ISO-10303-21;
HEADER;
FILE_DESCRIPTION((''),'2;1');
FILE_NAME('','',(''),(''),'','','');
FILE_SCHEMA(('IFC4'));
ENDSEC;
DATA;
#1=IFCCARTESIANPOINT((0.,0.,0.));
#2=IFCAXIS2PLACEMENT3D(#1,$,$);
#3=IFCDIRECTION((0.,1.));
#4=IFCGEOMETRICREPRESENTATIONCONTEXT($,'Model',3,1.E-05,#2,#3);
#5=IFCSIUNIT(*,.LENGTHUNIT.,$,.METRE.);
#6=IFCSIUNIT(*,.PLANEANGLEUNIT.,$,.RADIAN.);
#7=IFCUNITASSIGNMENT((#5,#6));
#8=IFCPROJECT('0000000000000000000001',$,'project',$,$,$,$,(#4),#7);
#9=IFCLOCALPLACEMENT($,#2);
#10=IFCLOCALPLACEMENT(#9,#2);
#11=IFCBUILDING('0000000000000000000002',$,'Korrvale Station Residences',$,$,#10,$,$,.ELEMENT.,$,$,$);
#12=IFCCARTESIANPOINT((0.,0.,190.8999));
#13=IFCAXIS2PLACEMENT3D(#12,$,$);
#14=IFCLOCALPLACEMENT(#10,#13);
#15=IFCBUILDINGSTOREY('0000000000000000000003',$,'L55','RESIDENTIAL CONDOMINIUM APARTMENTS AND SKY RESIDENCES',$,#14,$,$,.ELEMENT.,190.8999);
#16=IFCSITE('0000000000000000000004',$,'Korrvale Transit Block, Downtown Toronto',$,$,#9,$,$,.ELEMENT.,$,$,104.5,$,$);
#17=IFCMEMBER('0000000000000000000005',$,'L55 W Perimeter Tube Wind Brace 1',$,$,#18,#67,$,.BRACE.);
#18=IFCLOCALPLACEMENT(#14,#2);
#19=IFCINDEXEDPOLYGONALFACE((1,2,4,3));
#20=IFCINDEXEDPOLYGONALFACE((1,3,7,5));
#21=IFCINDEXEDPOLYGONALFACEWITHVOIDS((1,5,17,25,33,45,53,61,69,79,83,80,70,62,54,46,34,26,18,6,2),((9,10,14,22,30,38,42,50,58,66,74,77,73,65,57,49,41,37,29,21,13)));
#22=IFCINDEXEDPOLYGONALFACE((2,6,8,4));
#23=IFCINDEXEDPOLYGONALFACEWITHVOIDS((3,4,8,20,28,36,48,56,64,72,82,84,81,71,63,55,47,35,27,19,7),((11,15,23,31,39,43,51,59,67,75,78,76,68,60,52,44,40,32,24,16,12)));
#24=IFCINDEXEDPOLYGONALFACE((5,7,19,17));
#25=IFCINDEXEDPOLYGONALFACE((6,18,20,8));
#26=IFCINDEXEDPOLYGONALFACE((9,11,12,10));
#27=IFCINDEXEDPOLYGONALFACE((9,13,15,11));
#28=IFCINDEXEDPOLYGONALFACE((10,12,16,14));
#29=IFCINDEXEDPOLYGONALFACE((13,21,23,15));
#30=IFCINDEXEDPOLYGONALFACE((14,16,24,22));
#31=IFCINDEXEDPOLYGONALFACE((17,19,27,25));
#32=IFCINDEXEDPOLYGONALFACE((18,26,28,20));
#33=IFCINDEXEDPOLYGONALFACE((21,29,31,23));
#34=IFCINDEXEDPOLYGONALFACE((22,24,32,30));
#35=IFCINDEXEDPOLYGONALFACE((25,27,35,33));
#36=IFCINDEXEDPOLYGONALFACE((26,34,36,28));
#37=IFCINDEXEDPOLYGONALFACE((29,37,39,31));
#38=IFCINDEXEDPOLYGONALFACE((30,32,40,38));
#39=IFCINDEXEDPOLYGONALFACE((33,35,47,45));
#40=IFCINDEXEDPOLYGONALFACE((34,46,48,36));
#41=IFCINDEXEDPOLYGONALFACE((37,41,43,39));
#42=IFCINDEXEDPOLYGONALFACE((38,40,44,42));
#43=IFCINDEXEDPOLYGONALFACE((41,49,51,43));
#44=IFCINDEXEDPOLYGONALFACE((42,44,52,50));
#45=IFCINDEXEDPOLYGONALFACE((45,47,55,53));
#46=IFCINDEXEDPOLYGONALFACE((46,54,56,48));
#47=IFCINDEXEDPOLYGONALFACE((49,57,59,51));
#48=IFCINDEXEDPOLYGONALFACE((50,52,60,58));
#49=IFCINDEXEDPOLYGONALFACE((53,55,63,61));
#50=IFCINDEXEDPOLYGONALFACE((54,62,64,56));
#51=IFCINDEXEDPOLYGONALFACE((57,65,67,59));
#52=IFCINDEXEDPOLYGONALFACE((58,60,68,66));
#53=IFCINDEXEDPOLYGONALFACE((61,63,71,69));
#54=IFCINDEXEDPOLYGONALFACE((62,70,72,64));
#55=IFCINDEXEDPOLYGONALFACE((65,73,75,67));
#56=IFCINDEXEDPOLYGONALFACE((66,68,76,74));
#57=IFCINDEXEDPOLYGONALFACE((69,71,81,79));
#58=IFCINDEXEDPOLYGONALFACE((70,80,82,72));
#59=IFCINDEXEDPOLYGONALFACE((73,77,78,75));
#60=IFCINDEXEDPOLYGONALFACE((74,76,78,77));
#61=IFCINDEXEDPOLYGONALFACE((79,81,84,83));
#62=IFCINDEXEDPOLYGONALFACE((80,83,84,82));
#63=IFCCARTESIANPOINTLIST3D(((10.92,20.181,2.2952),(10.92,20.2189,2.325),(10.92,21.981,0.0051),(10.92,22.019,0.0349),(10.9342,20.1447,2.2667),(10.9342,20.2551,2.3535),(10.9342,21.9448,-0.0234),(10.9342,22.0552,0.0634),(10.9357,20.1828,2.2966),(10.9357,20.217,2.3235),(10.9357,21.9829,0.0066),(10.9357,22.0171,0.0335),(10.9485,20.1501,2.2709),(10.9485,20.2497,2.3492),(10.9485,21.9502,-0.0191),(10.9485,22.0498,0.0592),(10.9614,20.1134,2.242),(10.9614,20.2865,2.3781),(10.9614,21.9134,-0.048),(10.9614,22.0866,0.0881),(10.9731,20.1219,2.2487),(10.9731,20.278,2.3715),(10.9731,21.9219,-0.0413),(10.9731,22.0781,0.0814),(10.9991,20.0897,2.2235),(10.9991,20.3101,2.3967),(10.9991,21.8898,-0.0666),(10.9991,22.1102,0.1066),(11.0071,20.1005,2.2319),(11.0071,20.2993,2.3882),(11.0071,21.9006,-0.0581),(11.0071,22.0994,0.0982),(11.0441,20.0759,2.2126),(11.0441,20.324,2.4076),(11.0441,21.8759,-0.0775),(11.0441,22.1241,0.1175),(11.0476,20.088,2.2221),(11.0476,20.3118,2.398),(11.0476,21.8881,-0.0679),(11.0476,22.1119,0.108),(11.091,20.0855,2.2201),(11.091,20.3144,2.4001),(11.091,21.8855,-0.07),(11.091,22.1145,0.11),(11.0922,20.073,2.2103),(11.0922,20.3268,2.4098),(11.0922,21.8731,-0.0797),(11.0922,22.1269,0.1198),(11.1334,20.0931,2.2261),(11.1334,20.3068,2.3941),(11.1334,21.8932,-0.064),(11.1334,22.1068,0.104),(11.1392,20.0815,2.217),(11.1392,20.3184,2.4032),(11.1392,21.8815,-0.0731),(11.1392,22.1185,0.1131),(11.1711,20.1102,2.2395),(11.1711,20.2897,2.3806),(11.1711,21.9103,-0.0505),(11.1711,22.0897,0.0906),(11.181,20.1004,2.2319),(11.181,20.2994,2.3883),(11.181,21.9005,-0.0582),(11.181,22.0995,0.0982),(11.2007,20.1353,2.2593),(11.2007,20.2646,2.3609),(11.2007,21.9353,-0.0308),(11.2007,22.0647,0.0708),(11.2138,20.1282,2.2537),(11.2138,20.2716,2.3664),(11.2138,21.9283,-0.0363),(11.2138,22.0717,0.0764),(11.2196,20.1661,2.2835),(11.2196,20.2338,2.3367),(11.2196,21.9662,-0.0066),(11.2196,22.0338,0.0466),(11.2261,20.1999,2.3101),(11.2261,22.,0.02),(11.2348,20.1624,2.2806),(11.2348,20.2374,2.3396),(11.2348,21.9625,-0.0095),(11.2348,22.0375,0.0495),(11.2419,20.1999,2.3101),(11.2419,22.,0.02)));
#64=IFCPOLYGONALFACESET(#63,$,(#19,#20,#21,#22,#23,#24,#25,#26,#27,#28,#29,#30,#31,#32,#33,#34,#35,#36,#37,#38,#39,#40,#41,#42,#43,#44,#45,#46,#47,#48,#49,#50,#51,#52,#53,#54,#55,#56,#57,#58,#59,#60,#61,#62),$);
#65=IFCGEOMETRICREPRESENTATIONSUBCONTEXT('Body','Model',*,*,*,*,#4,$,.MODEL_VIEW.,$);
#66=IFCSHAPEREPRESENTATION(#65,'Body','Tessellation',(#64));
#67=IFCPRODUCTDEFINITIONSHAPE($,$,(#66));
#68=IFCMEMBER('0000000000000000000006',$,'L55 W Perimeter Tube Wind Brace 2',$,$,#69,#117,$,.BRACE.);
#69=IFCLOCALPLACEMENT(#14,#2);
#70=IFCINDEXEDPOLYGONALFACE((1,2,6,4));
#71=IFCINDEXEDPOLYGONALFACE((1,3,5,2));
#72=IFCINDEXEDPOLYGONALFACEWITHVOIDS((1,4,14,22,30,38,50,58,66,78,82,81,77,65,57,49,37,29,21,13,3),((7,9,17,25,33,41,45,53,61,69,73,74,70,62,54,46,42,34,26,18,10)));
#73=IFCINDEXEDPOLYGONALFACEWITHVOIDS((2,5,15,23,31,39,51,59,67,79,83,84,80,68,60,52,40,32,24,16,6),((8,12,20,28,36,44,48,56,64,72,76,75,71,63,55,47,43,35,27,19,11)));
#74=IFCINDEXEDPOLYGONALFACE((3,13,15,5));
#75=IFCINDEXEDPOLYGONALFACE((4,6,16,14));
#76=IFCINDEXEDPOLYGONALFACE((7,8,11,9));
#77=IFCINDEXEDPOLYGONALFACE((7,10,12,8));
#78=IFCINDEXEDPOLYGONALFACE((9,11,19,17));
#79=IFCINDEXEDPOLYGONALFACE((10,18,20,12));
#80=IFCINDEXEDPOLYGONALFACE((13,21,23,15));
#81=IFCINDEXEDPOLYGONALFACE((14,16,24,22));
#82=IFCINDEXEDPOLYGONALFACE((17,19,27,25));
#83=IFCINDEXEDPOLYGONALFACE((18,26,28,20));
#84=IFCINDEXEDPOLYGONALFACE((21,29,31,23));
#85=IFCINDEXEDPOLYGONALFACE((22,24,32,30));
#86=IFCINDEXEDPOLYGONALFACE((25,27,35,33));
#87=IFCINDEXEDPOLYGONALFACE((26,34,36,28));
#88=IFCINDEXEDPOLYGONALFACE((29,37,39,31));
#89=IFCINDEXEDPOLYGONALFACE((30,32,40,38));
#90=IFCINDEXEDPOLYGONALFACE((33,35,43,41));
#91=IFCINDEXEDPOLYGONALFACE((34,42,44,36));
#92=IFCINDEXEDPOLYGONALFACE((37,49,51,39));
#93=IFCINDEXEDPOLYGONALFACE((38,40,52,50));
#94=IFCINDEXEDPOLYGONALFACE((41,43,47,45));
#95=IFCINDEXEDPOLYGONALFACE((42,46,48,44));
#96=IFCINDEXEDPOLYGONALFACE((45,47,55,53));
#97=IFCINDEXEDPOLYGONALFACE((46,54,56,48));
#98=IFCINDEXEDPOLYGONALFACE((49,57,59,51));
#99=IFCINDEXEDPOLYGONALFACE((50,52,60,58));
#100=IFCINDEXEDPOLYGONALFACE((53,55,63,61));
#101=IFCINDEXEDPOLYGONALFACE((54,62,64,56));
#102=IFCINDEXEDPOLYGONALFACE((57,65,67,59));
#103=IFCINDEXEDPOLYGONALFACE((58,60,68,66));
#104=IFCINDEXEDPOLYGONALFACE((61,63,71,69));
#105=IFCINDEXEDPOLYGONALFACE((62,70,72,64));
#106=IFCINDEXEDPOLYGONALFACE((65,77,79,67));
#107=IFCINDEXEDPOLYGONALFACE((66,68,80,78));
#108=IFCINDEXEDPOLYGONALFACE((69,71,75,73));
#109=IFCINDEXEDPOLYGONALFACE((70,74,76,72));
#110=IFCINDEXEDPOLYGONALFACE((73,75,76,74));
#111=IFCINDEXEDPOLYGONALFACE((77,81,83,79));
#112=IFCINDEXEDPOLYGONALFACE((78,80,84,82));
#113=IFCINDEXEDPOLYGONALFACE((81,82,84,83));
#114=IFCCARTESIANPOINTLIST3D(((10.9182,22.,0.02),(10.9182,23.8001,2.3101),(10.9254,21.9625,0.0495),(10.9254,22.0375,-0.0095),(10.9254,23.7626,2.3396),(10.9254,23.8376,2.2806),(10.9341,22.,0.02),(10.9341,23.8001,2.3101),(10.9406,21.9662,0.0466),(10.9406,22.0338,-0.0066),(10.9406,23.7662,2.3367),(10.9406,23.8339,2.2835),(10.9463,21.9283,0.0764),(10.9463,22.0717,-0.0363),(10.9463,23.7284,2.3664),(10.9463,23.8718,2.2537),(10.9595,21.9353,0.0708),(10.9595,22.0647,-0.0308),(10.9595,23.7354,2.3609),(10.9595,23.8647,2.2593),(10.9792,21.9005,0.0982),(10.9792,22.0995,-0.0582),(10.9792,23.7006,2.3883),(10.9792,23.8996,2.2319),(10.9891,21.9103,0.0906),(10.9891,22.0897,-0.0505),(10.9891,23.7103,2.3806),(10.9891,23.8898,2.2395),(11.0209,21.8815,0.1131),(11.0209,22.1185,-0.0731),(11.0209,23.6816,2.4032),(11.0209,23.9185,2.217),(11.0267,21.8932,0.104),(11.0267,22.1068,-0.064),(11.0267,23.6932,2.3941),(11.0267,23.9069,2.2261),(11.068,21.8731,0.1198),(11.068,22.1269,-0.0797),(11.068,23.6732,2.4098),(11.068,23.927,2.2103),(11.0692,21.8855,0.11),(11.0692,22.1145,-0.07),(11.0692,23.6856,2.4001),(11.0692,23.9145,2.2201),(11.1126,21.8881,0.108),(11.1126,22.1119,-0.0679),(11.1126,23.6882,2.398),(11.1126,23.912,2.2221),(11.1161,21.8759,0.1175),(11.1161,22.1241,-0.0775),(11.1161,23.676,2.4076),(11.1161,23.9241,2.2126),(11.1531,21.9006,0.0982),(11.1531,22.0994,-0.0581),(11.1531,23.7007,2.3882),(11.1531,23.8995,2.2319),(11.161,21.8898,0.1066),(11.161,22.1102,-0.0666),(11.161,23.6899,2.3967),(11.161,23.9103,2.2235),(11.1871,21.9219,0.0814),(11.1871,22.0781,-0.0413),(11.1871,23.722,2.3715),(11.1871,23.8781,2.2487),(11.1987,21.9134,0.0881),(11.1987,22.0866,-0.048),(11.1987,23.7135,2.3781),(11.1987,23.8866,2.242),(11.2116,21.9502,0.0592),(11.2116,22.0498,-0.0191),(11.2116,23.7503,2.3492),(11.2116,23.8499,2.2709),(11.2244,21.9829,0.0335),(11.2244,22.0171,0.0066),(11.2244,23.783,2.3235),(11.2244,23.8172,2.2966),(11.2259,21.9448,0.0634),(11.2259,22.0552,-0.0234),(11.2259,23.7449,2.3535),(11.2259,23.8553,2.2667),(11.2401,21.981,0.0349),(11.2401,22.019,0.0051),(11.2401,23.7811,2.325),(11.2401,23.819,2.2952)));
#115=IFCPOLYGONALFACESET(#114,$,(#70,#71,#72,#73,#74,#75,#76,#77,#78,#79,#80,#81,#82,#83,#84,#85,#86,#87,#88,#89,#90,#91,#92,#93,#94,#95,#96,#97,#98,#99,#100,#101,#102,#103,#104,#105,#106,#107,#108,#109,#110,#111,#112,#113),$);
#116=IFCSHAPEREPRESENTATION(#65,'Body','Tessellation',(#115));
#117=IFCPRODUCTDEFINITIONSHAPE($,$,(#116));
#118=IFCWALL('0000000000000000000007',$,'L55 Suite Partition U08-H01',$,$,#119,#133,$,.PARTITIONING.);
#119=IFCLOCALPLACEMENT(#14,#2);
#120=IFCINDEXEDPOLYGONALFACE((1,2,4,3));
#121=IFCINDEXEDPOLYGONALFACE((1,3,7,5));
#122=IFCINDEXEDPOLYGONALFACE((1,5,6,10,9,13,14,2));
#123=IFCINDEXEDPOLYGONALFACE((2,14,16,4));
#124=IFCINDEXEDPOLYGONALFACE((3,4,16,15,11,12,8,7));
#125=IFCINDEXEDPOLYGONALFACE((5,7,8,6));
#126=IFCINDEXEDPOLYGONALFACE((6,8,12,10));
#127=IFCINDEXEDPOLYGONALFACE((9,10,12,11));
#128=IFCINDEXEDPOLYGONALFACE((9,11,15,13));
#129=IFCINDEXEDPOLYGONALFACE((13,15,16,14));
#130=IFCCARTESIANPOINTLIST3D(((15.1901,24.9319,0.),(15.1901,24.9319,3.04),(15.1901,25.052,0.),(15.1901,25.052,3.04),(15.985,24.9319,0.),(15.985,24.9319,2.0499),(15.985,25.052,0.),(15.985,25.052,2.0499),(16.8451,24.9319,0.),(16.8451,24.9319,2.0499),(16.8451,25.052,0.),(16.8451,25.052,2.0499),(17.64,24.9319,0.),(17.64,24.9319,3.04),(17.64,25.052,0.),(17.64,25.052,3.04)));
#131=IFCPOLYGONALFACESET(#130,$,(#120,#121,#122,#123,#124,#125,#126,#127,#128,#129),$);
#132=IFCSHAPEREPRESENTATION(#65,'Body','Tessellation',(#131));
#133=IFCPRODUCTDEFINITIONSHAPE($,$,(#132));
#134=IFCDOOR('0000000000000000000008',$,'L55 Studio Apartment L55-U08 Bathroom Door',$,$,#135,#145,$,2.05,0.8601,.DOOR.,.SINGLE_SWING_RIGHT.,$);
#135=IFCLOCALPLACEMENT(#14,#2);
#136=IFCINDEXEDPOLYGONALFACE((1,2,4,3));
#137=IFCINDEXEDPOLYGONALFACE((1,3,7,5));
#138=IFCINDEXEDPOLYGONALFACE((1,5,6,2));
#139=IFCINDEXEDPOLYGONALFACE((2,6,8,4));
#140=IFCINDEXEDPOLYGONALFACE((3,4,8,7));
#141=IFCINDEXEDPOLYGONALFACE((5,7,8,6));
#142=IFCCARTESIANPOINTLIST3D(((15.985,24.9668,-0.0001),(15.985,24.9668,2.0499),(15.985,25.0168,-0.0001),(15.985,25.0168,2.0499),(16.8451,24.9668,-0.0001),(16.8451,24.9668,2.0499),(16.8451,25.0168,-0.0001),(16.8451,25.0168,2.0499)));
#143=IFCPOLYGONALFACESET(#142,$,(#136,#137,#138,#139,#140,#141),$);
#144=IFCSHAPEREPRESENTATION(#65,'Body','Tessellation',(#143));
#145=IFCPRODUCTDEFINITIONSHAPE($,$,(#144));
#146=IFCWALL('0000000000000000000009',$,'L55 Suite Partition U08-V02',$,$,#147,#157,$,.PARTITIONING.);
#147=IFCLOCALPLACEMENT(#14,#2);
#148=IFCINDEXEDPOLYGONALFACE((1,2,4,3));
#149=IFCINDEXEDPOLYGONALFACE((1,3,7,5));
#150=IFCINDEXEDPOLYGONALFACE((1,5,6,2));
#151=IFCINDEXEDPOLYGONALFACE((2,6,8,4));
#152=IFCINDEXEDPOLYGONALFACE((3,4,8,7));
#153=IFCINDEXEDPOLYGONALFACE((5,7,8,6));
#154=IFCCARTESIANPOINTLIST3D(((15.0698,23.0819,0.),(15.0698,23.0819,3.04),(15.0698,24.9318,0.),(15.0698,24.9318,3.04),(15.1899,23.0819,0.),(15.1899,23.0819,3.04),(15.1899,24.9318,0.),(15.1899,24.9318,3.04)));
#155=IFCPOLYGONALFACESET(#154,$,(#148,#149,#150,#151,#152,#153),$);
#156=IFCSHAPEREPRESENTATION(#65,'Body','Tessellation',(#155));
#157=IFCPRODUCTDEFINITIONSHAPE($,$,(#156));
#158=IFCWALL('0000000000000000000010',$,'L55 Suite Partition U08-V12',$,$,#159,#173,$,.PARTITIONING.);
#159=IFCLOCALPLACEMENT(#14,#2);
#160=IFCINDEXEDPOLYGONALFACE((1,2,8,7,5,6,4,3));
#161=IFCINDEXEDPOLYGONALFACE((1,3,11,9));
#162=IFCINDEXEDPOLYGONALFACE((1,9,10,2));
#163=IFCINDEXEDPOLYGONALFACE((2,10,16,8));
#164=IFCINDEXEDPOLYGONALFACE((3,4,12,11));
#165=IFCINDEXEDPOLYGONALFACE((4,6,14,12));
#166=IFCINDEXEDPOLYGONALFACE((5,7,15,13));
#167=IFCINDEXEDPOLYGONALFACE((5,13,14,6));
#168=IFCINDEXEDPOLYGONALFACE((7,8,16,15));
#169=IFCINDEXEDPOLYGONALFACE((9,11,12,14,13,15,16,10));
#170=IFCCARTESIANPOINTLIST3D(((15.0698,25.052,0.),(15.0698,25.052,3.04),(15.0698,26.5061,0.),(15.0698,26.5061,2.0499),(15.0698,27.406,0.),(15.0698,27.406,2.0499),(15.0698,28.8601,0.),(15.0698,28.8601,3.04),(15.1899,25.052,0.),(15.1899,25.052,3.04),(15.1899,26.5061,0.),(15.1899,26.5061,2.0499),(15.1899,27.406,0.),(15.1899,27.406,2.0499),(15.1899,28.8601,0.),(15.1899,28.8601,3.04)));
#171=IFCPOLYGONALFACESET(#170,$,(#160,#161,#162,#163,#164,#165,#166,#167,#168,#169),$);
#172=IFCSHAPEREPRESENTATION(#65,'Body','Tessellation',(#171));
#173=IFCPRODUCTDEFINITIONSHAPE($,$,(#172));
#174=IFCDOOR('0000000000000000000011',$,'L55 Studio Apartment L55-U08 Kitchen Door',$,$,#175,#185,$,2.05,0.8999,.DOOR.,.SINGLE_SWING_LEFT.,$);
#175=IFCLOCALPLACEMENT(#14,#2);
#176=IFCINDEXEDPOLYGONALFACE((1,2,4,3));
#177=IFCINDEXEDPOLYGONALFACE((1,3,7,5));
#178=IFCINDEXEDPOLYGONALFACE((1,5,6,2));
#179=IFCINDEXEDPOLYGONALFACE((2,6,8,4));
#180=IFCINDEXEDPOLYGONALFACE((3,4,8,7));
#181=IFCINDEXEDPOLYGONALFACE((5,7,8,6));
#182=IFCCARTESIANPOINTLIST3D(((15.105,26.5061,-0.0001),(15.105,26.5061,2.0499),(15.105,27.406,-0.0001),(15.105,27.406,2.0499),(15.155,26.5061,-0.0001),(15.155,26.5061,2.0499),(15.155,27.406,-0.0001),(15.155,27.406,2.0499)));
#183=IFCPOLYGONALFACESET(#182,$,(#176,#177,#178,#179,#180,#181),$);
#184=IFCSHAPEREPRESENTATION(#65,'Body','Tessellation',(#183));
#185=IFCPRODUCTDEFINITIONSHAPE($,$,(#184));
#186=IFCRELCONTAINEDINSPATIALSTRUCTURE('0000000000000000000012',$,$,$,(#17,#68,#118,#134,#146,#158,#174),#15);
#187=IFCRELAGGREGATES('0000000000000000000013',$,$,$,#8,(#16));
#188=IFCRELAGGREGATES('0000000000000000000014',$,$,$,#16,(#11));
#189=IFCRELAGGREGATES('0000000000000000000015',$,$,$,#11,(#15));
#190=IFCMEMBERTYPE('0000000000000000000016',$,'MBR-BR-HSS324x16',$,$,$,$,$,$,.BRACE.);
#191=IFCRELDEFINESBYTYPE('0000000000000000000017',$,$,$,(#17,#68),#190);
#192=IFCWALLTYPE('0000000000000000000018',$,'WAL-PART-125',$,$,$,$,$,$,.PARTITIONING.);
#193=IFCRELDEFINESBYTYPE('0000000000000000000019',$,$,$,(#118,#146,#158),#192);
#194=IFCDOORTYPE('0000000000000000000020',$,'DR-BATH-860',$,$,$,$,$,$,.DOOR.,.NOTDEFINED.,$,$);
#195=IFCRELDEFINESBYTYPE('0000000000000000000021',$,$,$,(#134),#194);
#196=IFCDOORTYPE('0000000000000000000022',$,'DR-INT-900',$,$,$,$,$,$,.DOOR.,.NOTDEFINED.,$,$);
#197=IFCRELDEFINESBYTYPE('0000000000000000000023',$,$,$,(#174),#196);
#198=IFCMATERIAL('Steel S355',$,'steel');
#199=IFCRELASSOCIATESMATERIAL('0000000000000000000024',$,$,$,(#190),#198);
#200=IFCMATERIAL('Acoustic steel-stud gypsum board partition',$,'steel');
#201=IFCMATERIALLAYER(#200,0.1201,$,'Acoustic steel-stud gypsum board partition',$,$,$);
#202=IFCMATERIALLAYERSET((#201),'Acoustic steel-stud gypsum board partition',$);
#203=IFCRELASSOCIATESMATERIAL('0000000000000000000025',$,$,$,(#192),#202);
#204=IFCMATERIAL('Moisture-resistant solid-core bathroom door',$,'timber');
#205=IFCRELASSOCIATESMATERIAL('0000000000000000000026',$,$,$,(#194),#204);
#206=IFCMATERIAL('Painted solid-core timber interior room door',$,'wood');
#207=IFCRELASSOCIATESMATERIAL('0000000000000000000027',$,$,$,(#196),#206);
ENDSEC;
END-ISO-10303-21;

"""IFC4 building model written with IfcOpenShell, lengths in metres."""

from ifc_helpers import new_model, si_unit, direction, frame, frame_2d, origin, origin_2d, place, context, subcontext, project, spatial, rectangle, hollow_circle, extrude, material, layer, layer_set, material_profile, profile_set, type_object, element, fill, save


model = new_model("IFC4")

# Units and contexts
model_context = context("Model", 3, precision=1e-05, world=origin(), true_north=direction((0.0, 1.0)))
body_context = subcontext(model_context, "Body", "Model", "MODEL_VIEW")
ifc_project = project(units=[si_unit("LENGTHUNIT", "METRE"), si_unit("PLANEANGLEUNIT", "RADIAN")], contexts=[model_context])

# Site, building, storey
site_placement = place(None, origin())
site = spatial("IfcSite", under=ifc_project, at=site_placement, Name="Korrvale Transit Block, Downtown Toronto", CompositionType="ELEMENT", RefElevation=104.5)
building_placement = place(site_placement, origin())
building = spatial("IfcBuilding", under=site, at=building_placement, Name="Korrvale Station Residences", CompositionType="ELEMENT")
storey_placement = place(building_placement, frame((0.0, 0.0, 190.8999)))
storey = spatial("IfcBuildingStorey", under=building, at=storey_placement, Name="L55", Description="RESIDENTIAL CONDOMINIUM APARTMENTS AND SKY RESIDENCES", CompositionType="ELEMENT", Elevation=190.8999)

# Shared definitions
ifc_material_1 = material(Name="Steel S355", Category="steel")

# Members
ifc_material_profile_1 = material_profile(ifc_material_1, hollow_circle(Radius=0.1619, WallThickness=0.0159, at=origin_2d()), Name="HSS324x16")
ifc_profile_set_1 = profile_set([ifc_material_profile_1], Name="Steel S355")
member_type = type_object("IfcMemberType", Name="MBR-BR-HSS324x16", PredefinedType="BRACE", material=ifc_profile_set_1)
for number, where, z_axis, x_axis, name in (
    (1, (11.0801, 22.0, 0.02), (0.0, -0.617977, 0.786196), (1.0, 0.0, 0.0), "L55 W Perimeter Tube Wind Brace 1"),
    (2, (11.0801, 22.0, 0.02), (0.0, 0.617977, 0.786196), (-1.0, 0.0, 0.0), "L55 W Perimeter Tube Wind Brace 2"),
):
    element("IfcMember", number, at=place(storey_placement, frame(where, z_axis=z_axis, x_axis=x_axis)), inside=storey, type_object=member_type, Name=name, PredefinedType="BRACE", context=body_context, shape_type="SweptSolid", body=[
        extrude(hollow_circle(Radius=0.1619, WallThickness=0.0159, at=origin_2d()), origin(), (0.0, 0.0, 1.0), 2.9128),
    ])

# Wall, opening, door
ifc_material_2 = material(Name="Acoustic steel-stud gypsum board partition", Category="steel")
ifc_layer_1 = layer(ifc_material_2, 0.1201, Name="Acoustic steel-stud gypsum board partition")
ifc_layer_set_1 = layer_set([ifc_layer_1], Name="Acoustic steel-stud gypsum board partition")
wall_type_1 = type_object("IfcWallType", Name="WAL-PART-125", PredefinedType="PARTITIONING", material=ifc_layer_set_1)
wall_1_placement = place(storey_placement, frame((15.1899, 24.9919, 0.0), z_axis=(0.0, 0.0, 1.0), x_axis=(1.0, 0.0, 0.0)))
wall_1 = element("IfcWall", 3, at=wall_1_placement, inside=storey, type_object=wall_type_1, Name="L55 Suite Partition U08-H01", PredefinedType="PARTITIONING", context=body_context, shape_type="SweptSolid", body=[
    extrude(rectangle(XDim=2.45, YDim=0.1201, at=frame_2d((1.2251, 0.0))), origin(), (0.0, 0.0, 1.0), 3.04),
])
opening_1_placement = place(wall_1_placement, frame((0.7949, 0.0, 0.0)))
opening_1 = element("IfcOpeningElement", 4, at=opening_1_placement, cuts=wall_1, PredefinedType="OPENING", context=body_context, shape_type="SweptSolid", body=[
    extrude(rectangle(XDim=0.8601, YDim=2.05, at=frame_2d((0.4302, 1.0249))), frame((0.0, 0.0701, 0.0), z_axis=(0.0, -1.0, 0.0), x_axis=(1.0, 0.0, 0.0)), (0.0, 0.0, 1.0), 0.1401),
])
ifc_material_3 = material(Name="Moisture-resistant solid-core bathroom door", Category="timber")
door_type_1 = type_object("IfcDoorType", Name="DR-BATH-860", OperationType="NOTDEFINED", PredefinedType="DOOR", material=ifc_material_3)
door_1_placement = place(opening_1_placement, origin())
door_1 = element("IfcDoor", 5, at=door_1_placement, inside=storey, type_object=door_type_1, Name="L55 Studio Apartment L55-U08 Bathroom Door", OperationType="SINGLE_SWING_RIGHT", OverallHeight=2.05, OverallWidth=0.8601, PredefinedType="DOOR", context=body_context, shape_type="SweptSolid", body=[
    extrude(rectangle(XDim=0.8601, YDim=2.05, at=frame_2d((0.4302, 1.0249))), frame((0.0, 0.0249, 0.0), z_axis=(0.0, -1.0, 0.0), x_axis=(1.0, 0.0, 0.0)), (0.0, 0.0, 1.0), 0.05),
])
fill(opening_1, door_1)

# Wall
wall_2_placement = place(storey_placement, frame((15.1299, 23.082, 0.0), z_axis=(0.0, 0.0, 1.0), x_axis=(0.0, 1.0, 0.0)))
element("IfcWall", 6, at=wall_2_placement, inside=storey, type_object=wall_type_1, Name="L55 Suite Partition U08-V02", PredefinedType="PARTITIONING", context=body_context, shape_type="SweptSolid", body=[
    extrude(rectangle(XDim=1.8499, YDim=0.1201, at=frame_2d((0.9248, 0.0))), origin(), (0.0, 0.0, 1.0), 3.04),
])

# Wall, opening, door
wall_3_placement = place(storey_placement, frame((15.1299, 25.052, 0.0), z_axis=(0.0, 0.0, 1.0), x_axis=(0.0, 1.0, 0.0)))
wall_3 = element("IfcWall", 7, at=wall_3_placement, inside=storey, type_object=wall_type_1, Name="L55 Suite Partition U08-V12", PredefinedType="PARTITIONING", context=body_context, shape_type="SweptSolid", body=[
    extrude(rectangle(XDim=3.8081, YDim=0.1201, at=frame_2d((1.9041, 0.0))), origin(), (0.0, 0.0, 1.0), 3.04),
])
opening_2_placement = place(wall_3_placement, frame((1.4541, 0.0, 0.0)))
opening_2 = element("IfcOpeningElement", 8, at=opening_2_placement, cuts=wall_3, PredefinedType="OPENING", context=body_context, shape_type="SweptSolid", body=[
    extrude(rectangle(XDim=0.8999, YDim=2.05, at=frame_2d((0.45, 1.0249))), frame((0.0, 0.0701, 0.0), z_axis=(0.0, -1.0, 0.0), x_axis=(1.0, 0.0, 0.0)), (0.0, 0.0, 1.0), 0.1401),
])
ifc_material_4 = material(Name="Painted solid-core timber interior room door", Category="wood")
door_type_2 = type_object("IfcDoorType", Name="DR-INT-900", OperationType="NOTDEFINED", PredefinedType="DOOR", material=ifc_material_4)
door_2_placement = place(opening_2_placement, origin())
door_2 = element("IfcDoor", 9, at=door_2_placement, inside=storey, type_object=door_type_2, Name="L55 Studio Apartment L55-U08 Kitchen Door", OperationType="SINGLE_SWING_LEFT", OverallHeight=2.05, OverallWidth=0.8999, PredefinedType="DOOR", context=body_context, shape_type="SweptSolid", body=[
    extrude(rectangle(XDim=0.8999, YDim=2.05, at=frame_2d((0.45, 1.0249))), frame((0.0, 0.0249, 0.0), z_axis=(0.0, -1.0, 0.0), x_axis=(1.0, 0.0, 0.0)), (0.0, 0.0, 1.0), 0.05),
])
fill(opening_2, door_2)

save(model, "model.ifc")
